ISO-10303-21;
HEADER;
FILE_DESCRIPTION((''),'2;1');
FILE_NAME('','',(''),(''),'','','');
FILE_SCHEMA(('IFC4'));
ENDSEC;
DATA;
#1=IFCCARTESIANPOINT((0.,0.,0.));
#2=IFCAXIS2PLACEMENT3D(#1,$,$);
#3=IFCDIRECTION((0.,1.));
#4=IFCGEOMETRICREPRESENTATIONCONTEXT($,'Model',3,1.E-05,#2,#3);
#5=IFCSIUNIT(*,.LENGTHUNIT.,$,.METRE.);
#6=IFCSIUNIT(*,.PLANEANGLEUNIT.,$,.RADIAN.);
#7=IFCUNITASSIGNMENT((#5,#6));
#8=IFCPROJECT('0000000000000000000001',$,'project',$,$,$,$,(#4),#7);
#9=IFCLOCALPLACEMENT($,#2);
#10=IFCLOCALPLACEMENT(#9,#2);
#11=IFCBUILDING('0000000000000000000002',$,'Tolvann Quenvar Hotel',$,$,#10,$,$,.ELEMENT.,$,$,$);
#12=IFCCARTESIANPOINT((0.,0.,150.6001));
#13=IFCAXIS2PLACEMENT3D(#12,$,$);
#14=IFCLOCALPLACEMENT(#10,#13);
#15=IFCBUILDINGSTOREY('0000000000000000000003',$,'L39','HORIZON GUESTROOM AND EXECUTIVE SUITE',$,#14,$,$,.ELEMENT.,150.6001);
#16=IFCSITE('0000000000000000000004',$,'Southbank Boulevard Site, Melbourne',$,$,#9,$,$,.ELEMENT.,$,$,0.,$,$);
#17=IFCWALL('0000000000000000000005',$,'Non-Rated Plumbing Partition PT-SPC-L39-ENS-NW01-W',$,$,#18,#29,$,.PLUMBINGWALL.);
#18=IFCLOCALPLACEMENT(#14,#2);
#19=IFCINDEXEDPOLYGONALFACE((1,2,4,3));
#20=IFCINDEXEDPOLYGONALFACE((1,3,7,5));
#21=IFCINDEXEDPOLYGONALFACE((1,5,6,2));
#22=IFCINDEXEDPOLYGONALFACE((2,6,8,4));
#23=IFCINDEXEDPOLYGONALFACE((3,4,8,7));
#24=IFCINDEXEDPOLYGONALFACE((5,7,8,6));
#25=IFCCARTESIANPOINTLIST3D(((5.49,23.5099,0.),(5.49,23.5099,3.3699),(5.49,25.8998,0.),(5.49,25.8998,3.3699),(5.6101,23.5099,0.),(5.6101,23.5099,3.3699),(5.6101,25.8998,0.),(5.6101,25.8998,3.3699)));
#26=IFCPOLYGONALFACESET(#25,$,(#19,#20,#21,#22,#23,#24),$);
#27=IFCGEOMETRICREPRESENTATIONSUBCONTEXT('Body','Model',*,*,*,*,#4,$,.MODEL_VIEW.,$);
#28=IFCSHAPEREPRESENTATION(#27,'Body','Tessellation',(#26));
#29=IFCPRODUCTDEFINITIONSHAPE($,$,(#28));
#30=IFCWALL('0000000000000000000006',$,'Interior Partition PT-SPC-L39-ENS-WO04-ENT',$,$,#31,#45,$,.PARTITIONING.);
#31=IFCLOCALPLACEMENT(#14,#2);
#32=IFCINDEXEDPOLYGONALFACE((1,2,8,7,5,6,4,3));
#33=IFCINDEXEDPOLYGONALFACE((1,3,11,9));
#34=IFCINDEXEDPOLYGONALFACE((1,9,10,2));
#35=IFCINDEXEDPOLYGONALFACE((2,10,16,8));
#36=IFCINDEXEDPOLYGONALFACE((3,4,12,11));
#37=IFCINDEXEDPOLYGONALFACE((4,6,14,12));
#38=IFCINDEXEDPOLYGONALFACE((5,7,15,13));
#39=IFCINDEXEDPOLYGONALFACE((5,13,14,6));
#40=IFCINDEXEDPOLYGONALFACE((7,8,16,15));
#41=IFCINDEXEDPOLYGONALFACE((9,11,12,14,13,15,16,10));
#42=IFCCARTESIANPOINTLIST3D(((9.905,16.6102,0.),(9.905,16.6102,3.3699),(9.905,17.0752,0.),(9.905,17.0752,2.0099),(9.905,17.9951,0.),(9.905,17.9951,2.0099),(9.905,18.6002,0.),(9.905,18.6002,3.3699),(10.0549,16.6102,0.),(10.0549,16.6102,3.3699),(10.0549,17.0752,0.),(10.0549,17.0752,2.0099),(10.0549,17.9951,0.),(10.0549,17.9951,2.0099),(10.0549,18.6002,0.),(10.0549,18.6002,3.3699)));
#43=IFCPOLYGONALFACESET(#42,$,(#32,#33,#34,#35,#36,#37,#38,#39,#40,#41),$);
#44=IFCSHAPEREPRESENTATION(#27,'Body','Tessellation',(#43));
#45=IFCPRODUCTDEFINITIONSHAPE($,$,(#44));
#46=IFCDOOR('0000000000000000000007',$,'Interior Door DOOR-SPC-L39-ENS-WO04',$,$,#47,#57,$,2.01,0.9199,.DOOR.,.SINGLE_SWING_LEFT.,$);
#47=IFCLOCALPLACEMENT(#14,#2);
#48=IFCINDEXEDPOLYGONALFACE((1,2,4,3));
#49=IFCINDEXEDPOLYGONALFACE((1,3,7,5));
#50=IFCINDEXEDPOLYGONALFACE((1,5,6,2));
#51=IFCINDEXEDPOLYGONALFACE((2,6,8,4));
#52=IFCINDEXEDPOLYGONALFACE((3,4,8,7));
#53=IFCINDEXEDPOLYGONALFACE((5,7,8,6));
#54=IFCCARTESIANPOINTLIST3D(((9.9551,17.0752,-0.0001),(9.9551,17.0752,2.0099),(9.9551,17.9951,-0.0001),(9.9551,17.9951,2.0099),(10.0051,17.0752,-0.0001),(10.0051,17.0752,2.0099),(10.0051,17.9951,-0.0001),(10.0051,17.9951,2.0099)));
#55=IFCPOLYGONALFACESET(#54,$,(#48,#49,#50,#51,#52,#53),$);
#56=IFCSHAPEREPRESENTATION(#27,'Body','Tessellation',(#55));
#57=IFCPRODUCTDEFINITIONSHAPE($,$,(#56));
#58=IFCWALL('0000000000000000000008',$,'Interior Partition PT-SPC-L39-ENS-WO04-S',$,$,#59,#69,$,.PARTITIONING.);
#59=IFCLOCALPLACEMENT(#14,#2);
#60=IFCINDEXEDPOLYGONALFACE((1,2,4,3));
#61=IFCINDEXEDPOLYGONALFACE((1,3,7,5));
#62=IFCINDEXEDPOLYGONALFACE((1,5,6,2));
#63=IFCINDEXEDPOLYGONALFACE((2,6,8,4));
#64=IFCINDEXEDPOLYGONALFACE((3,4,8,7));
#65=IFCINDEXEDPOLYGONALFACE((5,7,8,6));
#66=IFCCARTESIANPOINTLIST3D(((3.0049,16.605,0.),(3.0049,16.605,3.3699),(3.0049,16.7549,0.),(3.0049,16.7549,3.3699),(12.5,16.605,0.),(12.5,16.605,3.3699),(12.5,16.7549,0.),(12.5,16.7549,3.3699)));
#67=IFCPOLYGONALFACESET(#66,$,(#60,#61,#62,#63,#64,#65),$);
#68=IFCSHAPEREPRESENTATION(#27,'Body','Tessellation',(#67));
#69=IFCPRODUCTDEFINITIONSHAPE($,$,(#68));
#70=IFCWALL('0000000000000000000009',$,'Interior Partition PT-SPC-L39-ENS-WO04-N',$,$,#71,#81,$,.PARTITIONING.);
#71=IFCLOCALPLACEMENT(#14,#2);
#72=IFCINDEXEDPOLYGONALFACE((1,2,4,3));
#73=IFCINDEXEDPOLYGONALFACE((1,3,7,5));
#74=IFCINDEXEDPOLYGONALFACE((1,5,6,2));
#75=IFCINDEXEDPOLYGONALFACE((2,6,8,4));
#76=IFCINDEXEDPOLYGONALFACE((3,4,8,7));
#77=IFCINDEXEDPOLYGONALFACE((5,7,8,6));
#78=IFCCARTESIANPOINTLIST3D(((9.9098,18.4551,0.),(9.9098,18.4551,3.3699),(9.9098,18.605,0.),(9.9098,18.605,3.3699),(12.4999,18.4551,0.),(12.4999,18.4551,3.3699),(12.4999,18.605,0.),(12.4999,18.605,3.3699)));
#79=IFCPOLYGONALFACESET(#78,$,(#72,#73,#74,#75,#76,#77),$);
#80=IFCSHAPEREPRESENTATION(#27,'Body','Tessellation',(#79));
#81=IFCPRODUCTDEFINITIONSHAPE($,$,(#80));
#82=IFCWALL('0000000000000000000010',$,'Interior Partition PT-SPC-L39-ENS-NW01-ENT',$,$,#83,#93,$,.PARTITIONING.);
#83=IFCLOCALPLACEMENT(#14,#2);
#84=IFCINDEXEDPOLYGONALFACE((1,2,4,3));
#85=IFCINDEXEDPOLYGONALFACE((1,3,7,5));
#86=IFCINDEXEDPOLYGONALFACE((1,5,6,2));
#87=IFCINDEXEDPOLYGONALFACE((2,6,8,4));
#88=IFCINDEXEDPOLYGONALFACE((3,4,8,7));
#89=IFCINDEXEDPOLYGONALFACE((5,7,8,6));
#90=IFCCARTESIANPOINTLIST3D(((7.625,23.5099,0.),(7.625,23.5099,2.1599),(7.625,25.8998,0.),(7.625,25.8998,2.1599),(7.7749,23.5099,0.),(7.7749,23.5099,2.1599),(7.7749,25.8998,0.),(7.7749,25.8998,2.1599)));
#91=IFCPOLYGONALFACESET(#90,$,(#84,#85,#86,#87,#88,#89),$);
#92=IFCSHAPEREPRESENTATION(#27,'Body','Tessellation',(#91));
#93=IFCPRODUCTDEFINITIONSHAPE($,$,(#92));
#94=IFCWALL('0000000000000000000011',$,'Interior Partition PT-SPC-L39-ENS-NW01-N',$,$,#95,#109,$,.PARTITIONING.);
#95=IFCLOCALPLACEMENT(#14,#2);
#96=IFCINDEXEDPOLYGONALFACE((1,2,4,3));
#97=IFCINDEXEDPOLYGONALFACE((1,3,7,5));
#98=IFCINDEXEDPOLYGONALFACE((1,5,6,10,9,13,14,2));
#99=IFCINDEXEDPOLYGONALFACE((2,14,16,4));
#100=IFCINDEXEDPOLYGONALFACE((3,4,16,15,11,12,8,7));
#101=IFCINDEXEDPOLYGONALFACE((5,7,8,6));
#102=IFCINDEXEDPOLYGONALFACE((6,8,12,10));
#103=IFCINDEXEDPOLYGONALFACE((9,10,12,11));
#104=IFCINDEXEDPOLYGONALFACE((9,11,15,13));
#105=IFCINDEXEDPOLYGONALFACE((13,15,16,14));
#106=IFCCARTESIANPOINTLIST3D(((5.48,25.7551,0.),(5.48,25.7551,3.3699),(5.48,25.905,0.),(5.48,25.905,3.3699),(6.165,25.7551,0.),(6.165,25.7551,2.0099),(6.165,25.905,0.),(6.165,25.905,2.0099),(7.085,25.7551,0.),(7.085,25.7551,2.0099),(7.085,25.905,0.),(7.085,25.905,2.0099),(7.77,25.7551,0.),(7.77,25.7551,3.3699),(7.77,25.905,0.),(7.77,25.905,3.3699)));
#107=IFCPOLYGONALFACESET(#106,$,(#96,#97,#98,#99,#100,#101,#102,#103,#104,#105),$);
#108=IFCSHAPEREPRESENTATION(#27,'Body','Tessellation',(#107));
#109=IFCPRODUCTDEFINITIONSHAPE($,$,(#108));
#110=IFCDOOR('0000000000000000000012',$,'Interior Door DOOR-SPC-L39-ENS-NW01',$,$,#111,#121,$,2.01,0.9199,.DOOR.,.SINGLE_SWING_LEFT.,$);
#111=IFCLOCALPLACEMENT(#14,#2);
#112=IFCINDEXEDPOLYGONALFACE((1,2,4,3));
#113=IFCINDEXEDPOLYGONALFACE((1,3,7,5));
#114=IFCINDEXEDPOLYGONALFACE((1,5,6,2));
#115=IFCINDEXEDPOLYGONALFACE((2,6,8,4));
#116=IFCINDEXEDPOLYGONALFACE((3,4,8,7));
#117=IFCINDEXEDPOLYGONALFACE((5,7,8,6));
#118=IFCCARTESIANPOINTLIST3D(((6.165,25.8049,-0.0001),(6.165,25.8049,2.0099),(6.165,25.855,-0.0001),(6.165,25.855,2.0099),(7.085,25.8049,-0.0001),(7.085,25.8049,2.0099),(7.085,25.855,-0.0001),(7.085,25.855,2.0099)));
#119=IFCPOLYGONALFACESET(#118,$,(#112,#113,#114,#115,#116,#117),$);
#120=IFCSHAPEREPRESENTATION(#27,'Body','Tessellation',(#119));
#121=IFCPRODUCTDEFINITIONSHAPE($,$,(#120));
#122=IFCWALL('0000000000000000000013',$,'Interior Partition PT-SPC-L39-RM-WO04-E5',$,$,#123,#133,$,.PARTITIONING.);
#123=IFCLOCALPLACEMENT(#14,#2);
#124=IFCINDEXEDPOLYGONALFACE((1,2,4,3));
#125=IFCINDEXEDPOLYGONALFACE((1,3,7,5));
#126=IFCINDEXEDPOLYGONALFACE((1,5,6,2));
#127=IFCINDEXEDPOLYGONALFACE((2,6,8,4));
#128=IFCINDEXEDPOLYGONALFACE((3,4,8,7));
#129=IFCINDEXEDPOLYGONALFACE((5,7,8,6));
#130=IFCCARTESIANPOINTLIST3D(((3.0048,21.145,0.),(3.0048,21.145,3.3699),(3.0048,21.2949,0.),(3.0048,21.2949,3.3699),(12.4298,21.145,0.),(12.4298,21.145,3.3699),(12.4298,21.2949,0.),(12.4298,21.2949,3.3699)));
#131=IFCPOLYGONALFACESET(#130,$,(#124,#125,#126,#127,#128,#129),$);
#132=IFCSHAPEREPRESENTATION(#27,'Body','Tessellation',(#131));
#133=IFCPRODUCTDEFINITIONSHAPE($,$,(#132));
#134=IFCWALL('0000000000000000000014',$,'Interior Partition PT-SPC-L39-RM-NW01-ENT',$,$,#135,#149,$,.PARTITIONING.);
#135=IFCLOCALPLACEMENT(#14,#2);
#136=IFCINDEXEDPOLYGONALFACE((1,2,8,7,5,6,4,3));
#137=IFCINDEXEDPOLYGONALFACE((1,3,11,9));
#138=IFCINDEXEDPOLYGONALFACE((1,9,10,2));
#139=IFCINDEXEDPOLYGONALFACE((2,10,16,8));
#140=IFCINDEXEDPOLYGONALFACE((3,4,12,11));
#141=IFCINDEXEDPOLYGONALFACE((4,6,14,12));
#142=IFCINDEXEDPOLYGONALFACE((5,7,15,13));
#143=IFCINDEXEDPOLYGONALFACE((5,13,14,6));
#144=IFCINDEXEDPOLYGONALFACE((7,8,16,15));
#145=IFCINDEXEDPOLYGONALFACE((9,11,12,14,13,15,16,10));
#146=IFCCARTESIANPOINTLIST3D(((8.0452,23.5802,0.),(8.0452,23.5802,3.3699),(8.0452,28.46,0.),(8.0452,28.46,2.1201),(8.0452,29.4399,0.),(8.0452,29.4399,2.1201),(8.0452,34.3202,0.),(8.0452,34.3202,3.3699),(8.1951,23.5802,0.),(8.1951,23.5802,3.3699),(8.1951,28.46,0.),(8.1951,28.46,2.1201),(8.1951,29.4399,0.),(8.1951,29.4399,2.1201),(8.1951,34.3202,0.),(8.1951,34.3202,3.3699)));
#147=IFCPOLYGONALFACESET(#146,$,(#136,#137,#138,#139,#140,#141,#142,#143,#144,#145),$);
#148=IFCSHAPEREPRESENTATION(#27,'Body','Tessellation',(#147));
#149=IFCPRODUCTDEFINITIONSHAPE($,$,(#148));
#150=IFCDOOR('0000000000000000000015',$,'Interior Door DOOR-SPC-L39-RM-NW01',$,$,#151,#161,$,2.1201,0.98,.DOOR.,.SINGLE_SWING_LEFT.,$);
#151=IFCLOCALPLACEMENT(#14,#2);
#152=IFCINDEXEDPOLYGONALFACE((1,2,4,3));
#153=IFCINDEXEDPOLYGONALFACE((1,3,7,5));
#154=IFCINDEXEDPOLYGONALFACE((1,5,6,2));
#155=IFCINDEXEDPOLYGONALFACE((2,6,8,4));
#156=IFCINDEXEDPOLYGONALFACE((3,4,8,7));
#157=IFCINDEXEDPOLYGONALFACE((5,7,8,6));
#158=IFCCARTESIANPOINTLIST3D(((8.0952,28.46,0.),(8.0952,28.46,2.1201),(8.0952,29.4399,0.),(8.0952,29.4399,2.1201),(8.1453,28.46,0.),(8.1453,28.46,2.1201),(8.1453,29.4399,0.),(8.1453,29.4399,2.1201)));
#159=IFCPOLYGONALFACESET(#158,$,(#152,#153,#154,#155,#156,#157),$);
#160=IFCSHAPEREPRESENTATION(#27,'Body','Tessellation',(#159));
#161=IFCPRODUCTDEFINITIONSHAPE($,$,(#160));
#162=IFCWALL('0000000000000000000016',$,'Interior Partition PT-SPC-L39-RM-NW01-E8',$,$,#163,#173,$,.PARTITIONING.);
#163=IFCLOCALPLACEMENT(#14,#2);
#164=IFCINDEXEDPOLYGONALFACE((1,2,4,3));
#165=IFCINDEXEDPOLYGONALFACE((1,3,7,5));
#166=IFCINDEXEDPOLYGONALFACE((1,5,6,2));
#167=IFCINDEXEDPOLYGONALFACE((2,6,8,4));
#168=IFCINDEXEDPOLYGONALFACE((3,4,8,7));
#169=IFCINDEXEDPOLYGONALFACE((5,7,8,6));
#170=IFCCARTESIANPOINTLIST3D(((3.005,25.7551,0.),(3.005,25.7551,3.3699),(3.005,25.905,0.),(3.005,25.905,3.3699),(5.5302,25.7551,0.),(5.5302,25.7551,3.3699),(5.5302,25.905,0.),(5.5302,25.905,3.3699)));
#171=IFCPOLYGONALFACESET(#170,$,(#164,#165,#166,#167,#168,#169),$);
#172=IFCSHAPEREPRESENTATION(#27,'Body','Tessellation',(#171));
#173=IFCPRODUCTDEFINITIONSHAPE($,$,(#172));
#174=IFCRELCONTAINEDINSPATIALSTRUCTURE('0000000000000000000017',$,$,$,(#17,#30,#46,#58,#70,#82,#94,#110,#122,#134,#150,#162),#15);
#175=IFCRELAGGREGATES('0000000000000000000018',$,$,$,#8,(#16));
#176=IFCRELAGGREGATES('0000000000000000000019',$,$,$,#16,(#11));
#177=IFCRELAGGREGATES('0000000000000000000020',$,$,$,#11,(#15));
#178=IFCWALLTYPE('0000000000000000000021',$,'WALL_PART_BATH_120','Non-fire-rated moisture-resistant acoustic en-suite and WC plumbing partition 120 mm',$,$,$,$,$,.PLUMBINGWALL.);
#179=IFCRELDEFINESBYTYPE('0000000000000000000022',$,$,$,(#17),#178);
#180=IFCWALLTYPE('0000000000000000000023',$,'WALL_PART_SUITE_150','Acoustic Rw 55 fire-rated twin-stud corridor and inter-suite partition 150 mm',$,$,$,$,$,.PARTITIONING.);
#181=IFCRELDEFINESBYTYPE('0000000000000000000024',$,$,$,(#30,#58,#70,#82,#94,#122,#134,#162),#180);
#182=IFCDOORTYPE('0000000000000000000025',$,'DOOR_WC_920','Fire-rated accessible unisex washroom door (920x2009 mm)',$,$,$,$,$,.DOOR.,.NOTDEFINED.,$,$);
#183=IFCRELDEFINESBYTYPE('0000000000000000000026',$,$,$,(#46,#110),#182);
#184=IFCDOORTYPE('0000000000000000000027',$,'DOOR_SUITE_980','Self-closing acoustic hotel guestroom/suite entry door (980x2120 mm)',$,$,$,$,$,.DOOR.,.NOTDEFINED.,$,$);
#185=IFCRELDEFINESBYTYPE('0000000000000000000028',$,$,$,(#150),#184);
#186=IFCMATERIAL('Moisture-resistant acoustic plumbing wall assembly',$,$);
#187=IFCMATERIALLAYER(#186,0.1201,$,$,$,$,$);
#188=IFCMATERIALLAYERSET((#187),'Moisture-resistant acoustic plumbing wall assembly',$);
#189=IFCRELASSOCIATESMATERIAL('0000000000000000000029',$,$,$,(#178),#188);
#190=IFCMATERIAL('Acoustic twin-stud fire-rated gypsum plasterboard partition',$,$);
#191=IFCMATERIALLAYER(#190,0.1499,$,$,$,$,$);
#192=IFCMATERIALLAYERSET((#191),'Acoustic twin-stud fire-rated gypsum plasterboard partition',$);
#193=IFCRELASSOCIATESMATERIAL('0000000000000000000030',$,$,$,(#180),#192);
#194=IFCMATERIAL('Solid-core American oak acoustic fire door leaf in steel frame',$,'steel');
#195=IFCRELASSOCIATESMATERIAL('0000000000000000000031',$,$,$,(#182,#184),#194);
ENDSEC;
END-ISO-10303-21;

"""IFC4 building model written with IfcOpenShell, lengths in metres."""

from ifc_helpers import new_model, si_unit, direction, frame, frame_2d, origin, place, context, subcontext, project, spatial, rectangle, extrude, source, transform, mapped, material, layer, layer_set, type_object, type_shapes, element, fill, save


model = new_model("IFC4")

# Units and contexts
model_context = context("Model", 3, precision=1e-05, world=origin(), true_north=direction((0.0, 1.0)))
body_context = subcontext(model_context, "Body", "Model", "MODEL_VIEW")
ifc_project = project(units=[si_unit("LENGTHUNIT", "METRE"), si_unit("PLANEANGLEUNIT", "RADIAN")], contexts=[model_context])

# Site, building, storey
site_placement = place(None, origin())
site = spatial("IfcSite", under=ifc_project, at=site_placement, Name="Southbank Boulevard Site, Melbourne", CompositionType="ELEMENT", RefElevation=0.0)
building_placement = place(site_placement, origin())
building = spatial("IfcBuilding", under=site, at=building_placement, Name="Tolvann Quenvar Hotel", CompositionType="ELEMENT")
storey_placement = place(building_placement, frame((0.0, 0.0, 150.6001)))
storey = spatial("IfcBuildingStorey", under=building, at=storey_placement, Name="L39", Description="HORIZON GUESTROOM AND EXECUTIVE SUITE", CompositionType="ELEMENT", Elevation=150.6001)

# Shared definitions
ifc_material_1 = material(Name="Acoustic twin-stud fire-rated gypsum plasterboard partition")
ifc_material_2 = material(Name="Solid-core American oak acoustic fire door leaf in steel frame", Category="steel")

# Wall
ifc_material_3 = material(Name="Moisture-resistant acoustic plumbing wall assembly")
ifc_layer_1 = layer(ifc_material_3, 0.1201)
ifc_layer_set_1 = layer_set([ifc_layer_1], Name="Moisture-resistant acoustic plumbing wall assembly")
wall_type_1 = type_object("IfcWallType", Name="WALL_PART_BATH_120", Description="Non-fire-rated moisture-resistant acoustic en-suite and WC plumbing partition 120 mm", PredefinedType="PLUMBINGWALL", material=ifc_layer_set_1)
wall_1_placement = place(storey_placement, frame((5.55, 23.51, 0.0), z_axis=(0.0, 0.0, 1.0), x_axis=(0.0, 1.0, 0.0)))
element("IfcWall", 1, at=wall_1_placement, inside=storey, type_object=wall_type_1, Name="Non-Rated Plumbing Partition PT-SPC-L39-ENS-NW01-W", PredefinedType="PLUMBINGWALL", context=body_context, shape_type="SweptSolid", body=[
    extrude(rectangle(XDim=2.3899, YDim=0.1201, at=frame_2d((1.1948, 0.0))), origin(), (0.0, 0.0, 1.0), 3.3699),
])

# Wall, opening, door
ifc_layer_2 = layer(ifc_material_1, 0.1499)
ifc_layer_set_2 = layer_set([ifc_layer_2], Name="Acoustic twin-stud fire-rated gypsum plasterboard partition")
wall_type_2 = type_object("IfcWallType", Name="WALL_PART_SUITE_150", Description="Acoustic Rw 55 fire-rated twin-stud corridor and inter-suite partition 150 mm", PredefinedType="PARTITIONING", material=ifc_layer_set_2)
wall_2_placement = place(storey_placement, frame((9.98, 16.6101, 0.0), z_axis=(0.0, 0.0, 1.0), x_axis=(0.0, 1.0, 0.0)))
wall_2 = element("IfcWall", 2, at=wall_2_placement, inside=storey, type_object=wall_type_2, Name="Interior Partition PT-SPC-L39-ENS-WO04-ENT", PredefinedType="PARTITIONING", context=body_context, shape_type="SweptSolid", body=[
    extrude(rectangle(XDim=1.99, YDim=0.1499, at=frame_2d((0.9951, 0.0))), origin(), (0.0, 0.0, 1.0), 3.3699),
])
opening_1_placement = place(wall_2_placement, frame((0.4651, 0.0, 0.0)))
opening_1 = element("IfcOpeningElement", 3, at=opening_1_placement, cuts=wall_2, PredefinedType="OPENING", context=body_context, shape_type="SweptSolid", body=[
    extrude(rectangle(XDim=0.9199, YDim=2.01, at=frame_2d((0.46, 1.0049))), frame((0.0, 0.085, 0.0), z_axis=(0.0, -1.0, 0.0), x_axis=(1.0, 0.0, 0.0)), (0.0, 0.0, 1.0), 0.1699),
])
door_type_1 = type_object("IfcDoorType", Name="DOOR_WC_920", Description="Fire-rated accessible unisex washroom door (920x2009 mm)", OperationType="NOTDEFINED", PredefinedType="DOOR", material=ifc_material_2)
shared_shape_1 = source(origin(), body_context, "Body", "SweptSolid", [
    extrude(rectangle(XDim=0.9199, YDim=2.01, at=frame_2d((0.46, 1.0049))), frame((0.0, 0.0249, 0.0), z_axis=(0.0, -1.0, 0.0), x_axis=(1.0, 0.0, 0.0)), (0.0, 0.0, 1.0), 0.05),
])
type_shapes(door_type_1, [shared_shape_1])
door_1_placement = place(opening_1_placement, origin())
door_1 = element("IfcDoor", 4, at=door_1_placement, inside=storey, type_object=door_type_1, Name="Interior Door DOOR-SPC-L39-ENS-WO04", OperationType="SINGLE_SWING_LEFT", OverallHeight=2.01, OverallWidth=0.9199, PredefinedType="DOOR", context=body_context, shape_type="MappedRepresentation", body=[
    mapped(shared_shape_1, transform((0.0, 0.0, 0.0), x_axis=(1.0, 0.0, 0.0), y_axis=(0.0, 1.0, 0.0), z_axis=(0.0, 0.0, 1.0), scale=1.0)),
])
fill(opening_1, door_1)

# Walls
wall_3_placement = place(storey_placement, frame((3.0049, 16.6799, 0.0), z_axis=(0.0, 0.0, 1.0), x_axis=(1.0, 0.0, 0.0)))
element("IfcWall", 5, at=wall_3_placement, inside=storey, type_object=wall_type_2, Name="Interior Partition PT-SPC-L39-ENS-WO04-S", PredefinedType="PARTITIONING", context=body_context, shape_type="SweptSolid", body=[
    extrude(rectangle(XDim=9.4951, YDim=0.1499, at=frame_2d((4.7476, 0.0))), origin(), (0.0, 0.0, 1.0), 3.3699),
])
wall_4_placement = place(storey_placement, frame((9.9099, 18.53, 0.0), z_axis=(0.0, 0.0, 1.0), x_axis=(1.0, 0.0, 0.0)))
element("IfcWall", 6, at=wall_4_placement, inside=storey, type_object=wall_type_2, Name="Interior Partition PT-SPC-L39-ENS-WO04-N", PredefinedType="PARTITIONING", context=body_context, shape_type="SweptSolid", body=[
    extrude(rectangle(XDim=2.5901, YDim=0.1499, at=frame_2d((1.2949, 0.0))), origin(), (0.0, 0.0, 1.0), 3.3699),
])
wall_5_placement = place(storey_placement, frame((7.7, 23.51, 0.0), z_axis=(0.0, 0.0, 1.0), x_axis=(0.0, 1.0, 0.0)))
element("IfcWall", 7, at=wall_5_placement, inside=storey, type_object=wall_type_2, Name="Interior Partition PT-SPC-L39-ENS-NW01-ENT", PredefinedType="PARTITIONING", context=body_context, shape_type="SweptSolid", body=[
    extrude(rectangle(XDim=2.3899, YDim=0.1499, at=frame_2d((1.1948, 0.0))), origin(), (0.0, 0.0, 1.0), 2.1599),
])

# Wall, opening, door
wall_6_placement = place(storey_placement, frame((5.48, 25.8301, 0.0), z_axis=(0.0, 0.0, 1.0), x_axis=(1.0, 0.0, 0.0)))
wall_6 = element("IfcWall", 8, at=wall_6_placement, inside=storey, type_object=wall_type_2, Name="Interior Partition PT-SPC-L39-ENS-NW01-N", PredefinedType="PARTITIONING", context=body_context, shape_type="SweptSolid", body=[
    extrude(rectangle(XDim=2.29, YDim=0.1499, at=frame_2d((1.145, 0.0))), origin(), (0.0, 0.0, 1.0), 3.3699),
])
opening_2_placement = place(wall_6_placement, frame((0.6851, 0.0, 0.0)))
opening_2 = element("IfcOpeningElement", 9, at=opening_2_placement, cuts=wall_6, PredefinedType="OPENING", context=body_context, shape_type="SweptSolid", body=[
    extrude(rectangle(XDim=0.9199, YDim=2.01, at=frame_2d((0.46, 1.0049))), frame((0.0, 0.085, 0.0), z_axis=(0.0, -1.0, 0.0), x_axis=(1.0, 0.0, 0.0)), (0.0, 0.0, 1.0), 0.1699),
])
door_2_placement = place(opening_2_placement, origin())
door_2 = element("IfcDoor", 10, at=door_2_placement, inside=storey, type_object=door_type_1, Name="Interior Door DOOR-SPC-L39-ENS-NW01", OperationType="SINGLE_SWING_LEFT", OverallHeight=2.01, OverallWidth=0.9199, PredefinedType="DOOR", context=body_context, shape_type="MappedRepresentation", body=[
    mapped(shared_shape_1, transform((0.0, 0.0, 0.0), x_axis=(1.0, 0.0, 0.0), y_axis=(0.0, 1.0, 0.0), z_axis=(0.0, 0.0, 1.0), scale=1.0)),
])
fill(opening_2, door_2)

# Wall
wall_7_placement = place(storey_placement, frame((3.0049, 21.22, 0.0), z_axis=(0.0, 0.0, 1.0), x_axis=(1.0, 0.0, 0.0)))
element("IfcWall", 11, at=wall_7_placement, inside=storey, type_object=wall_type_2, Name="Interior Partition PT-SPC-L39-RM-WO04-E5", PredefinedType="PARTITIONING", context=body_context, shape_type="SweptSolid", body=[
    extrude(rectangle(XDim=9.425, YDim=0.1499, at=frame_2d((4.7124, 0.0))), origin(), (0.0, 0.0, 1.0), 3.3699),
])

# Wall, opening, door
wall_8_placement = place(storey_placement, frame((8.1201, 23.5801, 0.0), z_axis=(0.0, 0.0, 1.0), x_axis=(0.0, 1.0, 0.0)))
wall_8 = element("IfcWall", 12, at=wall_8_placement, inside=storey, type_object=wall_type_2, Name="Interior Partition PT-SPC-L39-RM-NW01-ENT", PredefinedType="PARTITIONING", context=body_context, shape_type="SweptSolid", body=[
    extrude(rectangle(XDim=10.74, YDim=0.1499, at=frame_2d((5.3701, 0.0))), origin(), (0.0, 0.0, 1.0), 3.3699),
])
opening_3_placement = place(wall_8_placement, frame((4.8799, 0.0, 0.0)))
opening_3 = element("IfcOpeningElement", 13, at=opening_3_placement, cuts=wall_8, PredefinedType="OPENING", context=body_context, shape_type="SweptSolid", body=[
    extrude(rectangle(XDim=0.98, YDim=2.1201, at=frame_2d((0.49, 1.0601))), frame((0.0, 0.085, 0.0), z_axis=(0.0, -1.0, 0.0), x_axis=(1.0, 0.0, 0.0)), (0.0, 0.0, 1.0), 0.1699),
])
door_type_2 = type_object("IfcDoorType", Name="DOOR_SUITE_980", Description="Self-closing acoustic hotel guestroom/suite entry door (980x2120 mm)", OperationType="NOTDEFINED", PredefinedType="DOOR", material=ifc_material_2)
shared_shape_2 = source(origin(), body_context, "Body", "SweptSolid", [
    extrude(rectangle(XDim=0.98, YDim=2.1201, at=frame_2d((0.49, 1.0601))), frame((0.0, 0.0249, 0.0), z_axis=(0.0, -1.0, 0.0), x_axis=(1.0, 0.0, 0.0)), (0.0, 0.0, 1.0), 0.05),
])
type_shapes(door_type_2, [shared_shape_2])
door_3_placement = place(opening_3_placement, origin())
door_3 = element("IfcDoor", 14, at=door_3_placement, inside=storey, type_object=door_type_2, Name="Interior Door DOOR-SPC-L39-RM-NW01", OperationType="SINGLE_SWING_LEFT", OverallHeight=2.1201, OverallWidth=0.98, PredefinedType="DOOR", context=body_context, shape_type="MappedRepresentation", body=[
    mapped(shared_shape_2, transform((0.0, 0.0, 0.0), x_axis=(1.0, 0.0, 0.0), y_axis=(0.0, 1.0, 0.0), z_axis=(0.0, 0.0, 1.0), scale=1.0)),
])
fill(opening_3, door_3)

# Wall
wall_9_placement = place(storey_placement, frame((3.0049, 25.8301, 0.0), z_axis=(0.0, 0.0, 1.0), x_axis=(1.0, 0.0, 0.0)))
element("IfcWall", 15, at=wall_9_placement, inside=storey, type_object=wall_type_2, Name="Interior Partition PT-SPC-L39-RM-NW01-E8", PredefinedType="PARTITIONING", context=body_context, shape_type="SweptSolid", body=[
    extrude(rectangle(XDim=2.5251, YDim=0.1499, at=frame_2d((1.2627, 0.0))), origin(), (0.0, 0.0, 1.0), 3.3699),
])

save(model, "model.ifc")
